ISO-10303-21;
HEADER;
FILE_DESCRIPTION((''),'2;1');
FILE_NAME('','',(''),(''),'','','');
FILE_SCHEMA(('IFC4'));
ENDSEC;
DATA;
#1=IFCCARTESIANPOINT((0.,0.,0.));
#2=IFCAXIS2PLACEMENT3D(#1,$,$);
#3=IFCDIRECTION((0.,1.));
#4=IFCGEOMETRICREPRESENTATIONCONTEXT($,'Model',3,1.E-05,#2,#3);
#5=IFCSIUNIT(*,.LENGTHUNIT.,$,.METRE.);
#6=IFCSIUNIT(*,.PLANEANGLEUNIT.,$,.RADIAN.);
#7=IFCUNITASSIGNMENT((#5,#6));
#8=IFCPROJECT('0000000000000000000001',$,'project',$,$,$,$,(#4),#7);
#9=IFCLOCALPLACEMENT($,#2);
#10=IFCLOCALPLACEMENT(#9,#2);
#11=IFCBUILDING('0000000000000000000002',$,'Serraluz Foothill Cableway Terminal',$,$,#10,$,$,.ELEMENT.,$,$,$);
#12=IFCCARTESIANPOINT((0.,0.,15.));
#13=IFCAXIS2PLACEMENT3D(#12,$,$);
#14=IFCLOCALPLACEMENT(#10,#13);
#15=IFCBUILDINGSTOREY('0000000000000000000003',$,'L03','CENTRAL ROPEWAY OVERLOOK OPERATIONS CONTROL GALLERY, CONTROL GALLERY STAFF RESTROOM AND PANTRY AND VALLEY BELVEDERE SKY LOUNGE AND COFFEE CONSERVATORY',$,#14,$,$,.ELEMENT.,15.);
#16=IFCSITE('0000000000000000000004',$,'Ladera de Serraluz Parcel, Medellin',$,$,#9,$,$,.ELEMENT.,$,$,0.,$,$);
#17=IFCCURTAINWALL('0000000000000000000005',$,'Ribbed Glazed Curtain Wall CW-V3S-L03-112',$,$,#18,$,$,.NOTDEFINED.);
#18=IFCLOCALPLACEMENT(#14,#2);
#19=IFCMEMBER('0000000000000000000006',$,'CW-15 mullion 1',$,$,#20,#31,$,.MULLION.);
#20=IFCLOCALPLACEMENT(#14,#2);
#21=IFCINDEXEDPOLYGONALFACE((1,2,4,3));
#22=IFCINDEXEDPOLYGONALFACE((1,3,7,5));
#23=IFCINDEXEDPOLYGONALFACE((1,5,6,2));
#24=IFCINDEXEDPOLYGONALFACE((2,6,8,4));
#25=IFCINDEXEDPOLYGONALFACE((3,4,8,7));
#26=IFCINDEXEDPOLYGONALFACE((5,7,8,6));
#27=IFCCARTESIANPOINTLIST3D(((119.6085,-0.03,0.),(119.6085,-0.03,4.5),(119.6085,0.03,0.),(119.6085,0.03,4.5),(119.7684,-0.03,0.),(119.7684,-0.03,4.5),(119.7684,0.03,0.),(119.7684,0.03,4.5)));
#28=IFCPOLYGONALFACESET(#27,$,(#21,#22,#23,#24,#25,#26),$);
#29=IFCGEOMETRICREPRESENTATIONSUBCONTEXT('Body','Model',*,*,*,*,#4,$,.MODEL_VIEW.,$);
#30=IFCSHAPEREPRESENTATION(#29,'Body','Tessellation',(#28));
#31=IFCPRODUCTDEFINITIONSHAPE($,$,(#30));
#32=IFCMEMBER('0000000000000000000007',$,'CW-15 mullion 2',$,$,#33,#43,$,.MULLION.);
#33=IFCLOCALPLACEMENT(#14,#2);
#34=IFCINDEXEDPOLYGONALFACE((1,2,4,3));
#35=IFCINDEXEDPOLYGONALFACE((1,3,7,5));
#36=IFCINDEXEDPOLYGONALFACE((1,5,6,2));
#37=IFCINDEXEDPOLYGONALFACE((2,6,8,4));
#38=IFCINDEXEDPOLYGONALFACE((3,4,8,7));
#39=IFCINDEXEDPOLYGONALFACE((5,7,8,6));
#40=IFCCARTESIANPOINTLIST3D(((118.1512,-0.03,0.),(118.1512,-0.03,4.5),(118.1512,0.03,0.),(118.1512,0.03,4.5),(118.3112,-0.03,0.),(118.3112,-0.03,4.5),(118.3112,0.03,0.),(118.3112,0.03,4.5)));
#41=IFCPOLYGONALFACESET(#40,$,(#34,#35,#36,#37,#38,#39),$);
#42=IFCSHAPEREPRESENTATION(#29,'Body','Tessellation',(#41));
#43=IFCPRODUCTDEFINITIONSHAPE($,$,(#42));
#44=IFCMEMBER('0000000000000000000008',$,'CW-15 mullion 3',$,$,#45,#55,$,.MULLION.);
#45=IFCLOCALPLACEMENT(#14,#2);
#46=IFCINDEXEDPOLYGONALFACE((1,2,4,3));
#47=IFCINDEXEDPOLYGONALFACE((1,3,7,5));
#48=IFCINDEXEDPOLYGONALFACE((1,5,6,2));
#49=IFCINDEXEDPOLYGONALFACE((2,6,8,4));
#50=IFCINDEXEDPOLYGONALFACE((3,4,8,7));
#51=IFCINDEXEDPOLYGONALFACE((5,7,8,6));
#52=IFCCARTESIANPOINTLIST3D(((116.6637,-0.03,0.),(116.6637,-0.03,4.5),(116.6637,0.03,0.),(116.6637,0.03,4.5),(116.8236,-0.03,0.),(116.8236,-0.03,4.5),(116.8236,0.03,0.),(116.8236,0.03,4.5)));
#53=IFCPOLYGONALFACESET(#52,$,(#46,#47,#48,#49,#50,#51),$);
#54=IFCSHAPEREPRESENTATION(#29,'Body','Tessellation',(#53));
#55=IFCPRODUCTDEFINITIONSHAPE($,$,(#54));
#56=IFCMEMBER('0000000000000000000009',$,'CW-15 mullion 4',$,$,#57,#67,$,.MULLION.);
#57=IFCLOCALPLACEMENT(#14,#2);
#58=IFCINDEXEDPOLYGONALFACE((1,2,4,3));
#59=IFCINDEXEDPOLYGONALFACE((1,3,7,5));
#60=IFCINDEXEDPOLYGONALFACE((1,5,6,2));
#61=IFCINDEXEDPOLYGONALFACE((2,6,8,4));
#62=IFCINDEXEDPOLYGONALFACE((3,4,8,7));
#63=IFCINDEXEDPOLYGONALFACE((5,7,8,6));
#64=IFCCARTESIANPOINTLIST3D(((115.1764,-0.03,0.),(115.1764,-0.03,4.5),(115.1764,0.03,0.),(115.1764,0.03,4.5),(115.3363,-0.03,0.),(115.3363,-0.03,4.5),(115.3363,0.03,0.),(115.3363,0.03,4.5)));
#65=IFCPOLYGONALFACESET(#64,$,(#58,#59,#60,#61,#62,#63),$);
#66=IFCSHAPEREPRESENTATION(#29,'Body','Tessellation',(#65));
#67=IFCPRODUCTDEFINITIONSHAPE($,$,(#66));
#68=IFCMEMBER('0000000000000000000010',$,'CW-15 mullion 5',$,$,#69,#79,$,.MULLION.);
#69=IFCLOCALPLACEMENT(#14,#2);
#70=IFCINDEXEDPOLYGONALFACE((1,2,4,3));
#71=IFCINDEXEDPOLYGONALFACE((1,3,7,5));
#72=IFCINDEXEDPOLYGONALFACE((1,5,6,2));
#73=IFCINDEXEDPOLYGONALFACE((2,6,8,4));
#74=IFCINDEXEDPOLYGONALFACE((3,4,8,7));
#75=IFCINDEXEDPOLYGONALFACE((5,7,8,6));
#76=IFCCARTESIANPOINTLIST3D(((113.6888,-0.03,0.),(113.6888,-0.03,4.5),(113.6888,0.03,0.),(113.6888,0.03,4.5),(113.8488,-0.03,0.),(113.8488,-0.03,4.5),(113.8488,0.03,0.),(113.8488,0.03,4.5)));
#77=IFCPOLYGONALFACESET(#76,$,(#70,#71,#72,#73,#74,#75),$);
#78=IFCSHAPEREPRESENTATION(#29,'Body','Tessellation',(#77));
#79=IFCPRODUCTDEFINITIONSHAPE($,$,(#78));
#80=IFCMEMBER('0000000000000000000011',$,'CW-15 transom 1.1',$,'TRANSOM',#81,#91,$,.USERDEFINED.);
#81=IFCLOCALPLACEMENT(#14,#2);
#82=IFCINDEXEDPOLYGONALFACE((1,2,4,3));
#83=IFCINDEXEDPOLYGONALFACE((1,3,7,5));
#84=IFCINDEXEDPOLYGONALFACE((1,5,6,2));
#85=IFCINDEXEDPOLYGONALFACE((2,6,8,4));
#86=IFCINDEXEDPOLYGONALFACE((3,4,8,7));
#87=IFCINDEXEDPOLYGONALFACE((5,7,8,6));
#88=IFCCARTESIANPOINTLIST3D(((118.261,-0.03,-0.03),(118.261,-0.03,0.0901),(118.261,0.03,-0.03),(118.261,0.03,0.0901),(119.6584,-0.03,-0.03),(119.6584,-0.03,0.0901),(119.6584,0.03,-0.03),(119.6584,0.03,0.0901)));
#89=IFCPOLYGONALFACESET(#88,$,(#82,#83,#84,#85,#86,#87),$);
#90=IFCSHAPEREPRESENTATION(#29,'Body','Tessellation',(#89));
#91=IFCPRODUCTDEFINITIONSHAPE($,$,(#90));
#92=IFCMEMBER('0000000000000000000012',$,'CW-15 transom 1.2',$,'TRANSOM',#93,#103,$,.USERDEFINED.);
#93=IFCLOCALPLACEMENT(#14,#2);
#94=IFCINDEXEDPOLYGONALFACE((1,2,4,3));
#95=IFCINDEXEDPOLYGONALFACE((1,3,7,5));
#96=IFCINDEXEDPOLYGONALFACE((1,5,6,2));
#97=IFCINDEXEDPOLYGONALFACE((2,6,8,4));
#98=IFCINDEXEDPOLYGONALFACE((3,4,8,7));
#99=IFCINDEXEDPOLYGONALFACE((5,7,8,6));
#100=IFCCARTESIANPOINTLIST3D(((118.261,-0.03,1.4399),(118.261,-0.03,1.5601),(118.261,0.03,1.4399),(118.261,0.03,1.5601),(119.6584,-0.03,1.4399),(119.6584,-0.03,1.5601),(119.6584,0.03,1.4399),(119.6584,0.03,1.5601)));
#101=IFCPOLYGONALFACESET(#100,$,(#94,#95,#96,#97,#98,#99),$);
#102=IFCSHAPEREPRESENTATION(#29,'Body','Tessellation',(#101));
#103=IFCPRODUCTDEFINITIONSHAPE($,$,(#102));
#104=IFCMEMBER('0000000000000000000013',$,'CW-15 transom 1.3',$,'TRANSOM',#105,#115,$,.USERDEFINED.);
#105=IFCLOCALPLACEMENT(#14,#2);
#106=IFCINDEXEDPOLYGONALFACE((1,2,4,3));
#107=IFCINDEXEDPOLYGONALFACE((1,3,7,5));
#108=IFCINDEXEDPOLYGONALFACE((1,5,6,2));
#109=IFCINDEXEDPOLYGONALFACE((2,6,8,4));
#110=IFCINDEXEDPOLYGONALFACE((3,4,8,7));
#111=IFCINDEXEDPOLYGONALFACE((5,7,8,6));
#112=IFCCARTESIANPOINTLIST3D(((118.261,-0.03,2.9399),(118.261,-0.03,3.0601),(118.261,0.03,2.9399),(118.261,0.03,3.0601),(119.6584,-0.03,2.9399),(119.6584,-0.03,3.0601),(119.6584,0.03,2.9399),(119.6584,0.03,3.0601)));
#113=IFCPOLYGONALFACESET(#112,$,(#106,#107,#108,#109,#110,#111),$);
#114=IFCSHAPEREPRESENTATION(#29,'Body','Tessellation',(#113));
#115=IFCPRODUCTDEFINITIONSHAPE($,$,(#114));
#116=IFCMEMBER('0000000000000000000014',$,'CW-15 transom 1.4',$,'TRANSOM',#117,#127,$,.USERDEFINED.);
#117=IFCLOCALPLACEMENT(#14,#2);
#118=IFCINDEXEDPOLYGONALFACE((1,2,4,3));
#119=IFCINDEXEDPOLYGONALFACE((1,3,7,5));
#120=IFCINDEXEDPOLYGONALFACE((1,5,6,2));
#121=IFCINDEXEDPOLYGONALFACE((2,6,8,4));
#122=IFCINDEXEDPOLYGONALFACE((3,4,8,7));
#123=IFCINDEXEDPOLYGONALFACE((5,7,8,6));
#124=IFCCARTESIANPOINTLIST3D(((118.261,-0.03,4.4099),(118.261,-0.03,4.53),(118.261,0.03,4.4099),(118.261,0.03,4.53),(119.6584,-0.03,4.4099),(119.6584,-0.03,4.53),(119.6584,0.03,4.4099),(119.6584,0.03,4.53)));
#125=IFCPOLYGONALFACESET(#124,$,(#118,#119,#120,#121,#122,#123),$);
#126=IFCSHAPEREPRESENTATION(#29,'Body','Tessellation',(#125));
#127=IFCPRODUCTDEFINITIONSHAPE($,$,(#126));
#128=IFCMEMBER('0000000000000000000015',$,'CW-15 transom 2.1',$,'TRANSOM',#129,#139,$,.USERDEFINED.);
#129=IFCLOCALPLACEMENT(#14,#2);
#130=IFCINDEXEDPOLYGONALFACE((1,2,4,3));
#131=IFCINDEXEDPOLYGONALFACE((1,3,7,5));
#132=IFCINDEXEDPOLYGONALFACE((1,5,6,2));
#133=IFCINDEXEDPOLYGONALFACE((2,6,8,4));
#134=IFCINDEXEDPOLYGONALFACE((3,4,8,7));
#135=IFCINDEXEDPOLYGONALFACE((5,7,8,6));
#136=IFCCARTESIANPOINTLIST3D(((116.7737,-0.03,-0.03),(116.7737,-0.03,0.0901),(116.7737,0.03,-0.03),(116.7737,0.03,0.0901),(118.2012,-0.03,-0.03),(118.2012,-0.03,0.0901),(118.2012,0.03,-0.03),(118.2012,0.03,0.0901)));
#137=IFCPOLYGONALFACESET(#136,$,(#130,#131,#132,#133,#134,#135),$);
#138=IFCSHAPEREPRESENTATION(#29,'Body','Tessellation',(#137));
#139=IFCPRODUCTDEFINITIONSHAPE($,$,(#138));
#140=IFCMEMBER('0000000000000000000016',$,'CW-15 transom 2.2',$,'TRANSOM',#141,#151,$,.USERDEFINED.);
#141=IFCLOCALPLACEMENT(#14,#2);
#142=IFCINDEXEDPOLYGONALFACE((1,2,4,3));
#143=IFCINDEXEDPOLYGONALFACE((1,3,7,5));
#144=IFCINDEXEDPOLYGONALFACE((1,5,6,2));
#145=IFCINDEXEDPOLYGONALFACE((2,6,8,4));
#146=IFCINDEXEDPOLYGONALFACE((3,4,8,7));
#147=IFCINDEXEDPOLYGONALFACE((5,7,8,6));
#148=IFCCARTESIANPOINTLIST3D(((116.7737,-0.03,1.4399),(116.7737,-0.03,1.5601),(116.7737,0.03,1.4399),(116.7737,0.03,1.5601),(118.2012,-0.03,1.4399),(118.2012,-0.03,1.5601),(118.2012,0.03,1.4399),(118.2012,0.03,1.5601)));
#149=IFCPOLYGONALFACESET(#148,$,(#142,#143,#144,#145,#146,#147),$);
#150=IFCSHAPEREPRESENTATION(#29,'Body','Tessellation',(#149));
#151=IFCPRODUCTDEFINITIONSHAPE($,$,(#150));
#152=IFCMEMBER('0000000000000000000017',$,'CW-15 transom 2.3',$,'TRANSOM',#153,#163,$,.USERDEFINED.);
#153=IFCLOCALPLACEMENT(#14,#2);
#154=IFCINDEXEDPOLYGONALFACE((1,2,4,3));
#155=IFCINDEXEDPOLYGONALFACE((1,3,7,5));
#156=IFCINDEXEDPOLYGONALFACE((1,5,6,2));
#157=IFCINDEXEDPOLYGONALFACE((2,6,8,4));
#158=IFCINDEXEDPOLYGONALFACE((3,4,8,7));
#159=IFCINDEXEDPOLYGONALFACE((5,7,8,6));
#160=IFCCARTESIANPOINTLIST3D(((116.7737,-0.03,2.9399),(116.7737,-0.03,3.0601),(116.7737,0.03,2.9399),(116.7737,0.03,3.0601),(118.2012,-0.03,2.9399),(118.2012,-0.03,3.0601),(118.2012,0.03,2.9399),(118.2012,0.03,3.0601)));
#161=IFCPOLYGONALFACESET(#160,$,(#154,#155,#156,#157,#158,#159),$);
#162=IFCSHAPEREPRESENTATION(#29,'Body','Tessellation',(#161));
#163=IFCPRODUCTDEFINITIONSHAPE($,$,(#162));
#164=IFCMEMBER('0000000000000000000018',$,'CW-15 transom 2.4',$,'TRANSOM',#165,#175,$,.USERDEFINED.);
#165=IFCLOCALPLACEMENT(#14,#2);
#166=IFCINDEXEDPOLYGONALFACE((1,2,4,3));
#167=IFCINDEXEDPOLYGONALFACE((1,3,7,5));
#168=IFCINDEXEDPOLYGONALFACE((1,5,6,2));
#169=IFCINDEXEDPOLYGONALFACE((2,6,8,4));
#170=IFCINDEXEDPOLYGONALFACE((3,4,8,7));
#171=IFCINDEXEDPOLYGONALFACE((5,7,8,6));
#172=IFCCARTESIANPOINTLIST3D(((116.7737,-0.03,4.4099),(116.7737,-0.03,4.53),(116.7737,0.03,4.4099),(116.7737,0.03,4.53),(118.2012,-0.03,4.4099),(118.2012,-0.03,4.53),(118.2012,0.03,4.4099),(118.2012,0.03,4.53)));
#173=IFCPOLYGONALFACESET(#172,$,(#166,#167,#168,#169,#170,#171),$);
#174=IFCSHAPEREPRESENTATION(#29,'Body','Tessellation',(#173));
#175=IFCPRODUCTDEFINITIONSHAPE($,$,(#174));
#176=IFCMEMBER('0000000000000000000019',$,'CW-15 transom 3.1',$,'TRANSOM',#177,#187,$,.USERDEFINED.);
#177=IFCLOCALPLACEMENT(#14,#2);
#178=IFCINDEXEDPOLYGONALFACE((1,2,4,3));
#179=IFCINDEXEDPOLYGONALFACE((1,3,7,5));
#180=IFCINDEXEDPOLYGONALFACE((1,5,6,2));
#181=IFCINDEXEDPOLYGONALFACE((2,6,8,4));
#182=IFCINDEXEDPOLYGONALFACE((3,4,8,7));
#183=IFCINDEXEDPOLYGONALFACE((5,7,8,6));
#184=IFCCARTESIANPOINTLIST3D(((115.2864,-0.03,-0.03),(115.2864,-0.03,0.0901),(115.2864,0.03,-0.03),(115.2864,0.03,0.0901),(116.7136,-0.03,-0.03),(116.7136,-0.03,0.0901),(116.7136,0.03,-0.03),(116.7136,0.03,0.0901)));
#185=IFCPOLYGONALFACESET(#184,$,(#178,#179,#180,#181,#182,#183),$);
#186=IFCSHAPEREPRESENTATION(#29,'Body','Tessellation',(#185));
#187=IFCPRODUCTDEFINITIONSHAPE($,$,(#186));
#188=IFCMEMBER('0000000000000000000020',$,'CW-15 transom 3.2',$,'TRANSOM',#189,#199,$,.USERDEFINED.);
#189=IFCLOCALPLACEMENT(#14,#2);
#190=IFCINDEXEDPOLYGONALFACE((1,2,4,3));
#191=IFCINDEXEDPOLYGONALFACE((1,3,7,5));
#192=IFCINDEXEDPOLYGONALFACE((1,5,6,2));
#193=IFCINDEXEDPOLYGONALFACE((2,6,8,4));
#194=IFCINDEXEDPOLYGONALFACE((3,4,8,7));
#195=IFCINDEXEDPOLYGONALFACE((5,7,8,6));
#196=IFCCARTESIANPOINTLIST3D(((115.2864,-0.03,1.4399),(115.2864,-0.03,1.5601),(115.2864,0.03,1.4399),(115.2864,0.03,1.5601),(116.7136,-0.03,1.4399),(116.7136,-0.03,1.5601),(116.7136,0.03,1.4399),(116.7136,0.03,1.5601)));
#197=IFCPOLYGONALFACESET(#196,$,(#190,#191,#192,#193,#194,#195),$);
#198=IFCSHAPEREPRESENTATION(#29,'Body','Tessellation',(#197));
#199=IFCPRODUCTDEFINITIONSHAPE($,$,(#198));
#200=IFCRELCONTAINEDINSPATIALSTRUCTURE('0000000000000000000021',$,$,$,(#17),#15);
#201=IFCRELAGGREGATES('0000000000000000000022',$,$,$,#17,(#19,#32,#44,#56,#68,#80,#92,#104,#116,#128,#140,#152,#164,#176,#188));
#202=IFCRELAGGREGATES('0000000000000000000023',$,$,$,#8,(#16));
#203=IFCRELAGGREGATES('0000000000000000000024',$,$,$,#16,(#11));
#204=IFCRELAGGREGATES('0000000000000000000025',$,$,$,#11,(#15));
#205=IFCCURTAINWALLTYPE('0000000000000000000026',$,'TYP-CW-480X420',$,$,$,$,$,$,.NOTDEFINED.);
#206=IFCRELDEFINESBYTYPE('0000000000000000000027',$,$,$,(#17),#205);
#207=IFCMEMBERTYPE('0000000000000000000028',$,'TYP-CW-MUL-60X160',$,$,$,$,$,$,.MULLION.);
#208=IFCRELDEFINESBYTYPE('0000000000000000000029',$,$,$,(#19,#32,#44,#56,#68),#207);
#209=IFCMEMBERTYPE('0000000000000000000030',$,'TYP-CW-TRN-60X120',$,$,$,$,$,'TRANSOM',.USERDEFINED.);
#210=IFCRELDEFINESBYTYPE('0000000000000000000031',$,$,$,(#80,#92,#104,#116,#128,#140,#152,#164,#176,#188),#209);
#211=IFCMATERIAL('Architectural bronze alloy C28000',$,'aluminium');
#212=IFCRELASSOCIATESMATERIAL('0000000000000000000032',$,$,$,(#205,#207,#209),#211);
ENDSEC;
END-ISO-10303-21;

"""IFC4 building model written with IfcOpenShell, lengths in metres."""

from ifc_helpers import new_model, si_unit, direction, frame, origin, origin_2d, place, context, subcontext, project, spatial, rectangle, extrude, material, material_profile, profile_set, type_object, element, aggregate, save


model = new_model("IFC4")

# Units and contexts
model_context = context("Model", 3, precision=1e-05, world=origin(), true_north=direction((0.0, 1.0)))
body_context = subcontext(model_context, "Body", "Model", "MODEL_VIEW")
ifc_project = project(units=[si_unit("LENGTHUNIT", "METRE"), si_unit("PLANEANGLEUNIT", "RADIAN")], contexts=[model_context])

# Site, building, storey
site_placement = place(None, origin())
site = spatial("IfcSite", under=ifc_project, at=site_placement, Name="Ladera de Serraluz Parcel, Medellin", CompositionType="ELEMENT", RefElevation=0.0)
building_placement = place(site_placement, origin())
building = spatial("IfcBuilding", under=site, at=building_placement, Name="Serraluz Foothill Cableway Terminal", CompositionType="ELEMENT")
storey_placement = place(building_placement, frame((0.0, 0.0, 15.0)))
storey = spatial("IfcBuildingStorey", under=building, at=storey_placement, Name="L03", Description="CENTRAL ROPEWAY OVERLOOK OPERATIONS CONTROL GALLERY, CONTROL GALLERY STAFF RESTROOM AND PANTRY AND VALLEY BELVEDERE SKY LOUNGE AND COFFEE CONSERVATORY", CompositionType="ELEMENT", Elevation=15.0)

# Curtain wall, members
ifc_material_1 = material(Name="Architectural bronze alloy C28000", Category="aluminium")
curtain_wall_type = type_object("IfcCurtainWallType", Name="TYP-CW-480X420", PredefinedType="NOTDEFINED", material=ifc_material_1)
curtain_wall_placement = place(storey_placement, origin())
curtain_wall = element("IfcCurtainWall", 1, at=curtain_wall_placement, inside=storey, type_object=curtain_wall_type, Name="Ribbed Glazed Curtain Wall CW-V3S-L03-112", PredefinedType="NOTDEFINED")
ifc_material_profile_1 = material_profile(ifc_material_1, rectangle(XDim=0.0601, YDim=0.1599, at=origin_2d()), Name="ALU MULLION 60x160")
ifc_profile_set_1 = profile_set([ifc_material_profile_1], Name="Architectural bronze alloy C28000")
member_type_1 = type_object("IfcMemberType", Name="TYP-CW-MUL-60X160", PredefinedType="MULLION", material=ifc_profile_set_1)
member_1_placement = place(storey_placement, frame((119.6885, 0.0, 0.0), z_axis=(0.0, 0.0, 1.0), x_axis=(0.0, -1.0, 0.0)))
member_1 = element("IfcMember", 2, at=member_1_placement, type_object=member_type_1, Name="CW-15 mullion 1", PredefinedType="MULLION", context=body_context, shape_type="SweptSolid", body=[
    extrude(rectangle(XDim=0.0601, YDim=0.1599, at=origin_2d()), origin(), (0.0, 0.0, 1.0), 4.5),
])
member_2_placement = place(storey_placement, frame((118.2312, 0.0, 0.0), z_axis=(0.0, 0.0, 1.0), x_axis=(0.0, -1.0, 0.0)))
member_2 = element("IfcMember", 3, at=member_2_placement, type_object=member_type_1, Name="CW-15 mullion 2", PredefinedType="MULLION", context=body_context, shape_type="SweptSolid", body=[
    extrude(rectangle(XDim=0.0601, YDim=0.1599, at=origin_2d()), origin(), (0.0, 0.0, 1.0), 4.5),
])
member_3_placement = place(storey_placement, frame((116.7437, 0.0, 0.0), z_axis=(0.0, 0.0, 1.0), x_axis=(0.0, -1.0, 0.0)))
member_3 = element("IfcMember", 4, at=member_3_placement, type_object=member_type_1, Name="CW-15 mullion 3", PredefinedType="MULLION", context=body_context, shape_type="SweptSolid", body=[
    extrude(rectangle(XDim=0.0601, YDim=0.1599, at=origin_2d()), origin(), (0.0, 0.0, 1.0), 4.5),
])
member_4_placement = place(storey_placement, frame((115.2563, 0.0, 0.0), z_axis=(0.0, 0.0, 1.0), x_axis=(0.0, -1.0, 0.0)))
member_4 = element("IfcMember", 5, at=member_4_placement, type_object=member_type_1, Name="CW-15 mullion 4", PredefinedType="MULLION", context=body_context, shape_type="SweptSolid", body=[
    extrude(rectangle(XDim=0.0601, YDim=0.1599, at=origin_2d()), origin(), (0.0, 0.0, 1.0), 4.5),
])
member_5_placement = place(storey_placement, frame((113.7688, 0.0, 0.0), z_axis=(0.0, 0.0, 1.0), x_axis=(0.0, -1.0, 0.0)))
member_5 = element("IfcMember", 6, at=member_5_placement, type_object=member_type_1, Name="CW-15 mullion 5", PredefinedType="MULLION", context=body_context, shape_type="SweptSolid", body=[
    extrude(rectangle(XDim=0.0601, YDim=0.1599, at=origin_2d()), origin(), (0.0, 0.0, 1.0), 4.5),
])
ifc_material_profile_2 = material_profile(ifc_material_1, rectangle(XDim=0.0601, YDim=0.1201, at=origin_2d()), Name="ALU TRANSOM 60x120")
ifc_profile_set_2 = profile_set([ifc_material_profile_2], Name="Architectural bronze alloy C28000")
member_type_2 = type_object("IfcMemberType", Name="TYP-CW-TRN-60X120", ElementType="TRANSOM", PredefinedType="USERDEFINED", material=ifc_profile_set_2)
member_6_placement = place(storey_placement, frame((119.6584, 0.0, 0.03), z_axis=(-1.0, 0.0, 0.0), x_axis=(0.0, -1.0, 0.0)))
member_6 = element("IfcMember", 7, at=member_6_placement, type_object=member_type_2, Name="CW-15 transom 1.1", ObjectType="TRANSOM", PredefinedType="USERDEFINED", context=body_context, shape_type="SweptSolid", body=[
    extrude(rectangle(XDim=0.0601, YDim=0.1201, at=origin_2d()), origin(), (0.0, 0.0, 1.0), 1.3975),
])
member_7_placement = place(storey_placement, frame((119.6584, 0.0, 1.5), z_axis=(-1.0, 0.0, 0.0), x_axis=(0.0, -1.0, 0.0)))
member_7 = element("IfcMember", 8, at=member_7_placement, type_object=member_type_2, Name="CW-15 transom 1.2", ObjectType="TRANSOM", PredefinedType="USERDEFINED", context=body_context, shape_type="SweptSolid", body=[
    extrude(rectangle(XDim=0.0601, YDim=0.1201, at=origin_2d()), origin(), (0.0, 0.0, 1.0), 1.3975),
])
member_8_placement = place(storey_placement, frame((119.6584, 0.0, 3.0), z_axis=(-1.0, 0.0, 0.0), x_axis=(0.0, -1.0, 0.0)))
member_8 = element("IfcMember", 9, at=member_8_placement, type_object=member_type_2, Name="CW-15 transom 1.3", ObjectType="TRANSOM", PredefinedType="USERDEFINED", context=body_context, shape_type="SweptSolid", body=[
    extrude(rectangle(XDim=0.0601, YDim=0.1201, at=origin_2d()), origin(), (0.0, 0.0, 1.0), 1.3975),
])
member_9_placement = place(storey_placement, frame((119.6584, 0.0, 4.47), z_axis=(-1.0, 0.0, 0.0), x_axis=(0.0, -1.0, 0.0)))
member_9 = element("IfcMember", 10, at=member_9_placement, type_object=member_type_2, Name="CW-15 transom 1.4", ObjectType="TRANSOM", PredefinedType="USERDEFINED", context=body_context, shape_type="SweptSolid", body=[
    extrude(rectangle(XDim=0.0601, YDim=0.1201, at=origin_2d()), origin(), (0.0, 0.0, 1.0), 1.3975),
])
member_10_placement = place(storey_placement, frame((118.2012, 0.0, 0.03), z_axis=(-1.0, 0.0, 0.0), x_axis=(0.0, -1.0, 0.0)))
member_10 = element("IfcMember", 11, at=member_10_placement, type_object=member_type_2, Name="CW-15 transom 2.1", ObjectType="TRANSOM", PredefinedType="USERDEFINED", context=body_context, shape_type="SweptSolid", body=[
    extrude(rectangle(XDim=0.0601, YDim=0.1201, at=origin_2d()), origin(), (0.0, 0.0, 1.0), 1.4275),
])
member_11_placement = place(storey_placement, frame((118.2012, 0.0, 1.5), z_axis=(-1.0, 0.0, 0.0), x_axis=(0.0, -1.0, 0.0)))
member_11 = element("IfcMember", 12, at=member_11_placement, type_object=member_type_2, Name="CW-15 transom 2.2", ObjectType="TRANSOM", PredefinedType="USERDEFINED", context=body_context, shape_type="SweptSolid", body=[
    extrude(rectangle(XDim=0.0601, YDim=0.1201, at=origin_2d()), origin(), (0.0, 0.0, 1.0), 1.4275),
])
member_12_placement = place(storey_placement, frame((118.2012, 0.0, 3.0), z_axis=(-1.0, 0.0, 0.0), x_axis=(0.0, -1.0, 0.0)))
member_12 = element("IfcMember", 13, at=member_12_placement, type_object=member_type_2, Name="CW-15 transom 2.3", ObjectType="TRANSOM", PredefinedType="USERDEFINED", context=body_context, shape_type="SweptSolid", body=[
    extrude(rectangle(XDim=0.0601, YDim=0.1201, at=origin_2d()), origin(), (0.0, 0.0, 1.0), 1.4275),
])
member_13_placement = place(storey_placement, frame((118.2012, 0.0, 4.47), z_axis=(-1.0, 0.0, 0.0), x_axis=(0.0, -1.0, 0.0)))
member_13 = element("IfcMember", 14, at=member_13_placement, type_object=member_type_2, Name="CW-15 transom 2.4", ObjectType="TRANSOM", PredefinedType="USERDEFINED", context=body_context, shape_type="SweptSolid", body=[
    extrude(rectangle(XDim=0.0601, YDim=0.1201, at=origin_2d()), origin(), (0.0, 0.0, 1.0), 1.4275),
])
member_14_placement = place(storey_placement, frame((116.7136, 0.0, 0.03), z_axis=(-1.0, 0.0, 0.0), x_axis=(0.0, -1.0, 0.0)))
member_14 = element("IfcMember", 15, at=member_14_placement, type_object=member_type_2, Name="CW-15 transom 3.1", ObjectType="TRANSOM", PredefinedType="USERDEFINED", context=body_context, shape_type="SweptSolid", body=[
    extrude(rectangle(XDim=0.0601, YDim=0.1201, at=origin_2d()), origin(), (0.0, 0.0, 1.0), 1.4272),
])
member_15_placement = place(storey_placement, frame((116.7136, 0.0, 1.5), z_axis=(-1.0, 0.0, 0.0), x_axis=(0.0, -1.0, 0.0)))
member_15 = element("IfcMember", 16, at=member_15_placement, type_object=member_type_2, Name="CW-15 transom 3.2", ObjectType="TRANSOM", PredefinedType="USERDEFINED", context=body_context, shape_type="SweptSolid", body=[
    extrude(rectangle(XDim=0.0601, YDim=0.1201, at=origin_2d()), origin(), (0.0, 0.0, 1.0), 1.4272),
])
aggregate(curtain_wall, [member_1, member_2, member_3, member_4, member_5, member_6, member_7, member_8, member_9, member_10, member_11, member_12, member_13, member_14, member_15])

save(model, "model.ifc")
